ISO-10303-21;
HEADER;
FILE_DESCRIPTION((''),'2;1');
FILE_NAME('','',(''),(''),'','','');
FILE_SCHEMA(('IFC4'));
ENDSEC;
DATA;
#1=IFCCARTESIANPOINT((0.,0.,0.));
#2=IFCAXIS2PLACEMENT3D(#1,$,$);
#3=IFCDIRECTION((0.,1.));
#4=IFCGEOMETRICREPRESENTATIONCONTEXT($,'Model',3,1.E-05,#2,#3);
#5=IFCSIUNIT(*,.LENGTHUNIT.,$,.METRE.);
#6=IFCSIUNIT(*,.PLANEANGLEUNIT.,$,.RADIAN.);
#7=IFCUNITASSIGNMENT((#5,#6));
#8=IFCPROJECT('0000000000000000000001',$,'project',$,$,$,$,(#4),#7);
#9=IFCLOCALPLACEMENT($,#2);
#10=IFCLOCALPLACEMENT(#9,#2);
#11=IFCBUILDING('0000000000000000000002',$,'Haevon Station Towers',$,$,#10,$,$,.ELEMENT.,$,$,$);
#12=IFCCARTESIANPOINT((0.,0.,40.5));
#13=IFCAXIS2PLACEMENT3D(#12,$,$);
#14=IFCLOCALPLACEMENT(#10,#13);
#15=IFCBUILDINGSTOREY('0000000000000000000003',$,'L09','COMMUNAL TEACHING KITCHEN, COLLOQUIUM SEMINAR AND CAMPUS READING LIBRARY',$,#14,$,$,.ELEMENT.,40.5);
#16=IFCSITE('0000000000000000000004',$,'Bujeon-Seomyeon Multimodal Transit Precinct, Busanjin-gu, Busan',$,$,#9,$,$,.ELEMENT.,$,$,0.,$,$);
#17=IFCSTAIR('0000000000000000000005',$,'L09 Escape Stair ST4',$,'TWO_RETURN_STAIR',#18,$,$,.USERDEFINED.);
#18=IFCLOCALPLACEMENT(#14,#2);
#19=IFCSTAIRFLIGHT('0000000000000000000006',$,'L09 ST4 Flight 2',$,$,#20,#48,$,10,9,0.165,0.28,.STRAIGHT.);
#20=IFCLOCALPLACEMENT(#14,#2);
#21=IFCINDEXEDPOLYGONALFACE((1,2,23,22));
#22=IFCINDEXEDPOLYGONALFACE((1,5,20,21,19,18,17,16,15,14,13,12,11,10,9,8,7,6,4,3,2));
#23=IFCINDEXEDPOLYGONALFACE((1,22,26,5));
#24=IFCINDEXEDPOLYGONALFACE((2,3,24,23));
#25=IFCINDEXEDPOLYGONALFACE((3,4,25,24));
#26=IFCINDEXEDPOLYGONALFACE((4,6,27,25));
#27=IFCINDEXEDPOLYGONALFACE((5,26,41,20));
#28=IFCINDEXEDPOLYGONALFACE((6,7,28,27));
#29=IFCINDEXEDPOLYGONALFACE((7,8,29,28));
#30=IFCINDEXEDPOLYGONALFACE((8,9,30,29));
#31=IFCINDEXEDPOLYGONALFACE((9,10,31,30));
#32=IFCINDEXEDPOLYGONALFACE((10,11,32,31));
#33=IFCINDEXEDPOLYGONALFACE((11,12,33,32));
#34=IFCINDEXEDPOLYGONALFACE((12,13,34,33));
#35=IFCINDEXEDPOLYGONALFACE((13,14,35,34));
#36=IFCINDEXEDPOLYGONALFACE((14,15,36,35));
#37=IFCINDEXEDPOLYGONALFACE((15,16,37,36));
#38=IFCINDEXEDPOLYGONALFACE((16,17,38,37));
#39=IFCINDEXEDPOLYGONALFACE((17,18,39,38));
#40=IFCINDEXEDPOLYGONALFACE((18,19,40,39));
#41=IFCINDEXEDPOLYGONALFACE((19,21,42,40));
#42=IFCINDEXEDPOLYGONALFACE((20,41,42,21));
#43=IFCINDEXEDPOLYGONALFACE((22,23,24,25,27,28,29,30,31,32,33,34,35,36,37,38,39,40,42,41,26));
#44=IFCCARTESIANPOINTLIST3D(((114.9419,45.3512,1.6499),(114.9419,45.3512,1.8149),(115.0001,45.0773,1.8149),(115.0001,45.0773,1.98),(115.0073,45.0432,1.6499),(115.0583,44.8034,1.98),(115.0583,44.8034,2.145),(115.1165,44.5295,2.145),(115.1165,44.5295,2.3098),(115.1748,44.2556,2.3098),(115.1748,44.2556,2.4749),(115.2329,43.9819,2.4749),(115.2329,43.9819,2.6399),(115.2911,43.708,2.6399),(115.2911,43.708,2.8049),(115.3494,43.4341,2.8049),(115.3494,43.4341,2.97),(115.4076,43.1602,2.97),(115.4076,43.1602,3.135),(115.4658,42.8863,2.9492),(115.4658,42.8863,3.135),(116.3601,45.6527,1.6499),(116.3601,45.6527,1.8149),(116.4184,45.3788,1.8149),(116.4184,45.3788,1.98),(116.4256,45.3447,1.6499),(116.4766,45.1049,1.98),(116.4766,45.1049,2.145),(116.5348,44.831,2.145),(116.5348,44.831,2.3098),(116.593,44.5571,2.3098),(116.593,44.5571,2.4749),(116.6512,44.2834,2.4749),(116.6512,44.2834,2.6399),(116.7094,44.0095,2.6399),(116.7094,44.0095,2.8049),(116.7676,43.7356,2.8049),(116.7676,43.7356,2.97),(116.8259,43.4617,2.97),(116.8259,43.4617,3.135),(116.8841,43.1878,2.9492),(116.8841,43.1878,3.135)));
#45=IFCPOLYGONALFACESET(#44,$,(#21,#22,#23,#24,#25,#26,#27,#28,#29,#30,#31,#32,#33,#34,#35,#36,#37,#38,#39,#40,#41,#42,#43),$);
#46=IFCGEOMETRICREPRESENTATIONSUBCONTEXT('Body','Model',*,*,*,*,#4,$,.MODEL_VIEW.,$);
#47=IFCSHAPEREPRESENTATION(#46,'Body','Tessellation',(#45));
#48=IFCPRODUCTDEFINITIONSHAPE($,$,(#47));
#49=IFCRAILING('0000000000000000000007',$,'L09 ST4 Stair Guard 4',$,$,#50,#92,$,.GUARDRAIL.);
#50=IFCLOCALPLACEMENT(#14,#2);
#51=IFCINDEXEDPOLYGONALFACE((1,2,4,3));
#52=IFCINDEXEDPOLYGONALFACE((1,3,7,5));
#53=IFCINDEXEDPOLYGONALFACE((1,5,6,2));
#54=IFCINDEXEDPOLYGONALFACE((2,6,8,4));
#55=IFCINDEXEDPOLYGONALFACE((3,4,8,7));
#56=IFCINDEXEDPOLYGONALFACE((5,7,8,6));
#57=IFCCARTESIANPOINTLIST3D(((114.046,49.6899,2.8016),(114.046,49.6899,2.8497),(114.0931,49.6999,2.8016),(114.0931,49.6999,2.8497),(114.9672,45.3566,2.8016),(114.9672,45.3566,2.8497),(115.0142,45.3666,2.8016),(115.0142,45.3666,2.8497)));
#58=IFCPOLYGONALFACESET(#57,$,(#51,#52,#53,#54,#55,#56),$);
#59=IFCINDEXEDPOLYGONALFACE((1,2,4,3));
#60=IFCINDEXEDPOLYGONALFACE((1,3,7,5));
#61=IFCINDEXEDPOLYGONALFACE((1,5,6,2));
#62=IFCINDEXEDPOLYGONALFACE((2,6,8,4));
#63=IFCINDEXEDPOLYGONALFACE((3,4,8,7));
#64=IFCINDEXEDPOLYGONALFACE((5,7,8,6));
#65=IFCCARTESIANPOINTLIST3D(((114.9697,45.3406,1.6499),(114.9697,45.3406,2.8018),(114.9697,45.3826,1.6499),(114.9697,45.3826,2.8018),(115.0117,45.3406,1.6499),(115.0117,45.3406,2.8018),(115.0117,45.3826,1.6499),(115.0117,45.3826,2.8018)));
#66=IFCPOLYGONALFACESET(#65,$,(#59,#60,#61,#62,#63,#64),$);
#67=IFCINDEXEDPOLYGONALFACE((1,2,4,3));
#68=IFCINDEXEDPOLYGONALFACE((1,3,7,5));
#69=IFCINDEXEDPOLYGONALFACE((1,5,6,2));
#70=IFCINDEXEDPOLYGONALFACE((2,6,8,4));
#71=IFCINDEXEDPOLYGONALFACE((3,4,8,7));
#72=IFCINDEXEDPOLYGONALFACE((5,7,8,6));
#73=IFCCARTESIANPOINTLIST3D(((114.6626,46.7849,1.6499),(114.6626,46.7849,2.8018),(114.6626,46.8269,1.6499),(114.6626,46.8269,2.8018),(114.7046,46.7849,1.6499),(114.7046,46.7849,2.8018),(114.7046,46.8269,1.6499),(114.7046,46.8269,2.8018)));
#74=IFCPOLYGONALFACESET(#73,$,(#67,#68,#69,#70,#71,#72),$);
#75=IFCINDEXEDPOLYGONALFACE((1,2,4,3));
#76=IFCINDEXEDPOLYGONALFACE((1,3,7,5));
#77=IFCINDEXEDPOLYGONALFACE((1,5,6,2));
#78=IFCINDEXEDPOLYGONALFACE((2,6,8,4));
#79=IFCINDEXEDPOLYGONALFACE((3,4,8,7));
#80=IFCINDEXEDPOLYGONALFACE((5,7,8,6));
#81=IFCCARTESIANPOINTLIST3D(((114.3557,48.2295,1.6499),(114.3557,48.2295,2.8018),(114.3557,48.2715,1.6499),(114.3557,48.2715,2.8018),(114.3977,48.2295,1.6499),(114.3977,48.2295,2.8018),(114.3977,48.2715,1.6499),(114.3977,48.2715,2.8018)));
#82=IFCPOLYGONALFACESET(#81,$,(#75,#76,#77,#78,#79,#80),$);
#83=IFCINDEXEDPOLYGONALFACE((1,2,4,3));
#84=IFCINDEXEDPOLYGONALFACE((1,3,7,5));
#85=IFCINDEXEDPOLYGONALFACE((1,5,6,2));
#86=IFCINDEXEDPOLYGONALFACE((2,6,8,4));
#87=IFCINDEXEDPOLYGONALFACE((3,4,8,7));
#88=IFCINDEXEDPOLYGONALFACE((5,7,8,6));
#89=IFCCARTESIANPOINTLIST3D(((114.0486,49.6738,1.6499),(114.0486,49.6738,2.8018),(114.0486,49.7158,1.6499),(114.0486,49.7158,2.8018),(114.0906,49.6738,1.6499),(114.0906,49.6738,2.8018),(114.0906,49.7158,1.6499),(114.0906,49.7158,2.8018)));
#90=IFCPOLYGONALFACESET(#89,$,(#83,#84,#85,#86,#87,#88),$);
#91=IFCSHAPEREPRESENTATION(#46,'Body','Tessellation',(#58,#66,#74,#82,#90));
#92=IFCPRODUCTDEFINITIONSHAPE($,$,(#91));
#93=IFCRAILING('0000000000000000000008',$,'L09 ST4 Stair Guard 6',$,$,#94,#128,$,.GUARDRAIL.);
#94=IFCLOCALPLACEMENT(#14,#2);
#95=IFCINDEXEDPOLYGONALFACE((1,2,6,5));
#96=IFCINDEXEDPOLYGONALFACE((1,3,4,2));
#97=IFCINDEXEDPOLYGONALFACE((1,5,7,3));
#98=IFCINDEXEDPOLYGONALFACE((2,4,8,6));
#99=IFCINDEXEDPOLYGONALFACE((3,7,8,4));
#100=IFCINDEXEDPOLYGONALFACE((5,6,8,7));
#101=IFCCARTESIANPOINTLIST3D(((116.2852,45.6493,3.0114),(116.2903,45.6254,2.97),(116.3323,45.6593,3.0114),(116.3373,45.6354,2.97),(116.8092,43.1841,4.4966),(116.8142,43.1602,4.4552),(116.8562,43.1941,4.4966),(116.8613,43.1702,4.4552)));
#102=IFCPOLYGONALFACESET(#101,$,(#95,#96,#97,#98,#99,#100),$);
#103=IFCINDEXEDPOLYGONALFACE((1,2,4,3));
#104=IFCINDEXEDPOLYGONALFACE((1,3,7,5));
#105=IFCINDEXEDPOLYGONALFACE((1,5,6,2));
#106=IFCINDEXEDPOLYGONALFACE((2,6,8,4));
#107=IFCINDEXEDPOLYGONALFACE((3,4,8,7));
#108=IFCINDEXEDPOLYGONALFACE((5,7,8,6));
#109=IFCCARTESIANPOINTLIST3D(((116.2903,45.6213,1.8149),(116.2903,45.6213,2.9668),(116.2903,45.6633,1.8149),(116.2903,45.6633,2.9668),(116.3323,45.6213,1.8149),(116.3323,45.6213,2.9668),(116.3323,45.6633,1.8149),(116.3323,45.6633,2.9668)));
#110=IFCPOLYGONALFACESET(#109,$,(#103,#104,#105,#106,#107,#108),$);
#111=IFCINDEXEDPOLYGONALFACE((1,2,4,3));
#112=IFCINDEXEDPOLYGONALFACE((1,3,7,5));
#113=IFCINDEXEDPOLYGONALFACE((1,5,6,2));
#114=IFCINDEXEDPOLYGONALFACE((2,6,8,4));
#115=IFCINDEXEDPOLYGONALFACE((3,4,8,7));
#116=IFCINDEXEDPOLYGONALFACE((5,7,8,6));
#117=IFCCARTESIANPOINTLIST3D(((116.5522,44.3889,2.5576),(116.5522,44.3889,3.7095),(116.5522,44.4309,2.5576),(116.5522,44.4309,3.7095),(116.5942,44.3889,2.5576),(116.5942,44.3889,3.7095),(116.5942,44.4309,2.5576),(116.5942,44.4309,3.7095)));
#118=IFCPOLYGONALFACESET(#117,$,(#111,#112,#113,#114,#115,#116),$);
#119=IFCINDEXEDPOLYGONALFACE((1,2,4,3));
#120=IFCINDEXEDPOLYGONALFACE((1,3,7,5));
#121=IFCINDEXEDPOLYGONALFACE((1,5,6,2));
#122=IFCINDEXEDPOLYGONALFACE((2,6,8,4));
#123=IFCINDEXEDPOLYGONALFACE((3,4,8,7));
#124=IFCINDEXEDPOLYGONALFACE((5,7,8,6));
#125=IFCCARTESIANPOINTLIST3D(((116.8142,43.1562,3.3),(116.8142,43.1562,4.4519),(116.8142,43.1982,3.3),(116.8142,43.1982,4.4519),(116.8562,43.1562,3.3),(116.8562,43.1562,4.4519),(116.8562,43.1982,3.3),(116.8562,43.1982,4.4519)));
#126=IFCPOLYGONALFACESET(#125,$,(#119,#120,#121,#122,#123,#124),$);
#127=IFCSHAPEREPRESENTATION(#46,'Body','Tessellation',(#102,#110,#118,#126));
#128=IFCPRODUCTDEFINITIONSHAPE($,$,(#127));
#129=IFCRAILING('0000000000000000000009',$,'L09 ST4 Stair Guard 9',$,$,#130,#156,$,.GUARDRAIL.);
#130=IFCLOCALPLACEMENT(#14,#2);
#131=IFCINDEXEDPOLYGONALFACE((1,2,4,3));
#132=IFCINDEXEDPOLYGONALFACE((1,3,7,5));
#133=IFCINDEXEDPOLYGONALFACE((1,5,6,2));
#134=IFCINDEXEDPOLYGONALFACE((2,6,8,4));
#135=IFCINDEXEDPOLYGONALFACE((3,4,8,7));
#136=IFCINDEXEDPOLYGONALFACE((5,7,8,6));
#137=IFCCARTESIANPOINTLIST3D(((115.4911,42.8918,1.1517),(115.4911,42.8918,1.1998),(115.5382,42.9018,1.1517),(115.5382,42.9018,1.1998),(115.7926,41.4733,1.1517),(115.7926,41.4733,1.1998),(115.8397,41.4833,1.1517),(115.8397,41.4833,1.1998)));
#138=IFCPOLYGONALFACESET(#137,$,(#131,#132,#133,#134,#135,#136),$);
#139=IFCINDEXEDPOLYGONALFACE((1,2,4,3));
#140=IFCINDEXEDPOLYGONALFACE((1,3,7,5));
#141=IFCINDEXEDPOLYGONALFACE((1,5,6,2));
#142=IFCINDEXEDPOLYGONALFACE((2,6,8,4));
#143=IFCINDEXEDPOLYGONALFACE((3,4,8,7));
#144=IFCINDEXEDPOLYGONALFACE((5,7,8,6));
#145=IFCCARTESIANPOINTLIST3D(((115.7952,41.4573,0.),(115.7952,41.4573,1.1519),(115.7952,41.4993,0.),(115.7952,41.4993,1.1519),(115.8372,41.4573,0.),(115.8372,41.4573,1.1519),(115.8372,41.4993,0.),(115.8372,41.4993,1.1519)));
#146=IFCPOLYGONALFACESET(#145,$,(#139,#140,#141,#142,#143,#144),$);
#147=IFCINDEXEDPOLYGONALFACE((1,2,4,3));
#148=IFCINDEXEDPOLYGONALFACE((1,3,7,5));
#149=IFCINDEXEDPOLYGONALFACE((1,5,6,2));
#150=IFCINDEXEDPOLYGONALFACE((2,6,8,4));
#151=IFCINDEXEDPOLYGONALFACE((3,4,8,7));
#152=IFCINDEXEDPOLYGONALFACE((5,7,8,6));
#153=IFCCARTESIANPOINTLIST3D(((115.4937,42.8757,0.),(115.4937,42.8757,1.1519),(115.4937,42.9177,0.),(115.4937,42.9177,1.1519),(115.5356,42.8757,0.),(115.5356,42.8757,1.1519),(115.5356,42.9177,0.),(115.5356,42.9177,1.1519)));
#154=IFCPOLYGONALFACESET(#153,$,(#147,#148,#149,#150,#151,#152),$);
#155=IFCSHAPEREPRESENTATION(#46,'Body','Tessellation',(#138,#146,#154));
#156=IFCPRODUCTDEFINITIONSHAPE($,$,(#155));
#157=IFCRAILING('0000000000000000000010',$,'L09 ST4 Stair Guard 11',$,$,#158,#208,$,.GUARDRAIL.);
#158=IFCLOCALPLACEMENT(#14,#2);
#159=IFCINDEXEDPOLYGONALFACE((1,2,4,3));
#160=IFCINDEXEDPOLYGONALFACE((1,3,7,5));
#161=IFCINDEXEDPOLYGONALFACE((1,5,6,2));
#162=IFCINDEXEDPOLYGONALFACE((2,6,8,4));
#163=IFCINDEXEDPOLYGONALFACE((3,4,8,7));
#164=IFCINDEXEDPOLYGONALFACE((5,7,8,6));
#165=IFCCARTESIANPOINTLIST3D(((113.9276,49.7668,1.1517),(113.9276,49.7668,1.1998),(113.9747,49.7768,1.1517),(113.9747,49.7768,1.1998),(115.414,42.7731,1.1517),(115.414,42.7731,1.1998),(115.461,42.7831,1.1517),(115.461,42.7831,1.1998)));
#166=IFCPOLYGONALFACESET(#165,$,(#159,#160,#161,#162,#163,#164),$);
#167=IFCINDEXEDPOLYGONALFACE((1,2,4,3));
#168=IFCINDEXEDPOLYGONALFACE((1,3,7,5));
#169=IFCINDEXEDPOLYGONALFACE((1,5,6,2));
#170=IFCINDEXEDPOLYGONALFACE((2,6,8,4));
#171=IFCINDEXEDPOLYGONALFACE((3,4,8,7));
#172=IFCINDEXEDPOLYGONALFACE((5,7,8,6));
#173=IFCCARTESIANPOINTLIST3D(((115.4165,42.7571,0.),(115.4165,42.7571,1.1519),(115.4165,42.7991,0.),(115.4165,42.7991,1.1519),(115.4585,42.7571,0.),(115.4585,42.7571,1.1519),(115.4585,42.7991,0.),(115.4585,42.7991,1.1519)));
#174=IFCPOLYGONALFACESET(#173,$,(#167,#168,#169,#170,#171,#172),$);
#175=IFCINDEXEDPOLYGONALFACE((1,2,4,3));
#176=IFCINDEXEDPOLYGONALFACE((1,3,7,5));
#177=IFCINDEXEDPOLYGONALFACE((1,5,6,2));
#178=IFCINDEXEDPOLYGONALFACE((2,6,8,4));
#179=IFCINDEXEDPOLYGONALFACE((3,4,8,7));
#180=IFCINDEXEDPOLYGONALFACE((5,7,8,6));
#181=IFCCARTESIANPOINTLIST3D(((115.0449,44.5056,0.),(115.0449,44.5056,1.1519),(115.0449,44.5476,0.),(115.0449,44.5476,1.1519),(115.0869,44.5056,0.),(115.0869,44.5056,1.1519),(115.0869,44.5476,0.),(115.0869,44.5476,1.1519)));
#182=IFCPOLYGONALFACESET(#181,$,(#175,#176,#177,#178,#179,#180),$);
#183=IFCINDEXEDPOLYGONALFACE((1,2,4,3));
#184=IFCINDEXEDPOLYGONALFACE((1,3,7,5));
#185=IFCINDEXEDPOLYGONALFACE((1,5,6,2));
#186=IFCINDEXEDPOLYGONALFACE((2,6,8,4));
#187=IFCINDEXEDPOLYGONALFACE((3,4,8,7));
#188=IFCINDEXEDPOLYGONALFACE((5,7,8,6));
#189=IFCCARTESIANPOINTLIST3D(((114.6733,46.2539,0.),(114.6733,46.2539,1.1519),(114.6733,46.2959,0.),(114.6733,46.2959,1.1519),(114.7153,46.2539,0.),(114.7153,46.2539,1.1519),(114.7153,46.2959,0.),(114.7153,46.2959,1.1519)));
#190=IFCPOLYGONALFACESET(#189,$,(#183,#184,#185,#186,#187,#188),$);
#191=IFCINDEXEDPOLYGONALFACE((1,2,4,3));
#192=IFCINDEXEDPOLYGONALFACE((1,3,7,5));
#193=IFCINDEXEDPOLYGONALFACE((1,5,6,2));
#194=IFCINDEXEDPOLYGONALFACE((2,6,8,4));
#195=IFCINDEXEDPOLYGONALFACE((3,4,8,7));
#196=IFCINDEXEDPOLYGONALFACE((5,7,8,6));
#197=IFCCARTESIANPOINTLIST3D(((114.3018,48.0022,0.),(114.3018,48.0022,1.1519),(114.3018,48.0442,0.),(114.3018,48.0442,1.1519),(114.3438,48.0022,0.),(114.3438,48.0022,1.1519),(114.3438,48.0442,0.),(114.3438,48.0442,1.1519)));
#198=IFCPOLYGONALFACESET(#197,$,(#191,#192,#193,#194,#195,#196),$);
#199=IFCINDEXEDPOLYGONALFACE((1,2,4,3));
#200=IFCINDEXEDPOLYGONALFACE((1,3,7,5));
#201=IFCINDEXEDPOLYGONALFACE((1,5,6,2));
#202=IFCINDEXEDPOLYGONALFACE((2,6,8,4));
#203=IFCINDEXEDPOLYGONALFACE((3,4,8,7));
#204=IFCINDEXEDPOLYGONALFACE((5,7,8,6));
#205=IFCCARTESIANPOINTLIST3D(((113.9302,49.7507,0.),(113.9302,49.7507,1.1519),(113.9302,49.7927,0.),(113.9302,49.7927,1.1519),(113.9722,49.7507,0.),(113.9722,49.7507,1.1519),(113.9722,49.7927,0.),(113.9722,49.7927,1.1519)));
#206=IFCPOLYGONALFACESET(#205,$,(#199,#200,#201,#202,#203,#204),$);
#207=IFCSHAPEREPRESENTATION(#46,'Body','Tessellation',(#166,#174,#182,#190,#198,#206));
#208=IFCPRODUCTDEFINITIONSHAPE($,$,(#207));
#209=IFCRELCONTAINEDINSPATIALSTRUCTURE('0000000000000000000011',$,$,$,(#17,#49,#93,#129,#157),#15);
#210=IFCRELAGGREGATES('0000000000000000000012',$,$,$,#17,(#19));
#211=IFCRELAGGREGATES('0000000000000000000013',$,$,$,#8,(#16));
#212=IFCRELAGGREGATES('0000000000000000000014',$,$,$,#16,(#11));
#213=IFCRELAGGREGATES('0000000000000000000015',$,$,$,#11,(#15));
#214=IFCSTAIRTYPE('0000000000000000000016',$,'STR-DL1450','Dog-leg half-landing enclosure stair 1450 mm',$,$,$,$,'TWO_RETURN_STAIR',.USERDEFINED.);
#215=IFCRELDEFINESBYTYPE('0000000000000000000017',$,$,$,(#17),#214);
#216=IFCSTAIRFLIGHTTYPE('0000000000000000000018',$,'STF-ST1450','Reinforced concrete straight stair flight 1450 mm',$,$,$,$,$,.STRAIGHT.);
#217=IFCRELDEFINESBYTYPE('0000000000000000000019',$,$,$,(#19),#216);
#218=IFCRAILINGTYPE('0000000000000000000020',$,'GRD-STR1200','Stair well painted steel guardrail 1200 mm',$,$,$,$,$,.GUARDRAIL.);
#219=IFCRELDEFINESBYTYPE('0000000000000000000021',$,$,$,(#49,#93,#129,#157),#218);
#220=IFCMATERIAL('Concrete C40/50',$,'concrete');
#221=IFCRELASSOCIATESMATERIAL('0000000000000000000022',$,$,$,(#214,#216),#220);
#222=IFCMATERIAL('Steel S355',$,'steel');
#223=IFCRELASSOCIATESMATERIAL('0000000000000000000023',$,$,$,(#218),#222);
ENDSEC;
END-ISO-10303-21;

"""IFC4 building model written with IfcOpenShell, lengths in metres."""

from ifc_helpers import new_model, si_unit, direction, frame, origin, origin_2d, place, context, subcontext, project, spatial, polyline, rectangle, outline, extrude, material, type_object, element, aggregate, save


model = new_model("IFC4")

# Units and contexts
model_context = context("Model", 3, precision=1e-05, world=origin(), true_north=direction((0.0, 1.0)))
body_context = subcontext(model_context, "Body", "Model", "MODEL_VIEW")
ifc_project = project(units=[si_unit("LENGTHUNIT", "METRE"), si_unit("PLANEANGLEUNIT", "RADIAN")], contexts=[model_context])

# Site, building, storey
site_placement = place(None, origin())
site = spatial("IfcSite", under=ifc_project, at=site_placement, Name="Bujeon-Seomyeon Multimodal Transit Precinct, Busanjin-gu, Busan", CompositionType="ELEMENT", RefElevation=0.0)
building_placement = place(site_placement, origin())
building = spatial("IfcBuilding", under=site, at=building_placement, Name="Haevon Station Towers", CompositionType="ELEMENT")
storey_placement = place(building_placement, frame((0.0, 0.0, 40.5)))
storey = spatial("IfcBuildingStorey", under=building, at=storey_placement, Name="L09", Description="COMMUNAL TEACHING KITCHEN, COLLOQUIUM SEMINAR AND CAMPUS READING LIBRARY", CompositionType="ELEMENT", Elevation=40.5)

# Shared definitions
ifc_material_1 = material(Name="Steel S355", Category="steel")

# Shared definitions
ifc_material_2 = material(Name="Concrete C40/50", Category="concrete")

# Stair, stair flight
stair_type = type_object("IfcStairType", Name="STR-DL1450", Description="Dog-leg half-landing enclosure stair 1450 mm", ElementType="TWO_RETURN_STAIR", PredefinedType="USERDEFINED", material=ifc_material_2)
stair_placement = place(storey_placement, origin())
stair = element("IfcStair", 1, at=stair_placement, inside=storey, type_object=stair_type, Name="L09 Escape Stair ST4", ObjectType="TWO_RETURN_STAIR", PredefinedType="USERDEFINED")
stair_flight_type = type_object("IfcStairFlightType", Name="STF-ST1450", Description="Reinforced concrete straight stair flight 1450 mm", PredefinedType="STRAIGHT", material=ifc_material_2)
stair_flight_placement = place(storey_placement, frame((115.6509, 45.502, 1.6499), z_axis=(0.0, 0.0, 1.0), x_axis=(0.207912, -0.978148, 0.0)))
stair_flight = element("IfcStairFlight", 2, at=stair_flight_placement, type_object=stair_flight_type, Name="L09 ST4 Flight 2", NumberOfRisers=10, NumberOfTreads=9, PredefinedType="STRAIGHT", RiserHeight=0.165, TreadLength=0.28, context=body_context, shape_type="SweptSolid", body=[
    extrude(outline(polyline([(0.0, 0.0), (0.0, 0.165), (0.28, 0.165), (0.28, 0.3301), (0.5601, 0.3301), (0.5601, 0.4951), (0.8401, 0.4951), (0.8401, 0.6599), (1.1201, 0.6599), (1.1201, 0.825), (1.3999, 0.825), (1.3999, 0.99), (1.6799, 0.99), (1.6799, 1.155), (1.96, 1.155), (1.96, 1.3201), (2.24, 1.3201), (2.24, 1.4851), (2.52, 1.4851), (2.52, 1.6499), (2.52, 1.2993), (0.3149, 0.0), (0.0, 0.0)])), frame((0.0, 0.7251, 0.0), z_axis=(0.0, -1.0, 0.0), x_axis=(1.0, 0.0, 0.0)), (0.0, 0.0, 1.0), 1.45),
])
aggregate(stair, [stair_flight])

# Railings
railing_type_1 = type_object("IfcRailingType", Name="GRD-STR1200", Description="Stair well painted steel guardrail 1200 mm", PredefinedType="GUARDRAIL", material=ifc_material_1)
railing_1_placement = place(storey_placement, frame((114.9907, 45.3616, 1.6499)))
element("IfcRailing", 3, at=railing_1_placement, inside=storey, type_object=railing_type_1, Name="L09 ST4 Stair Guard 4", PredefinedType="GUARDRAIL", context=body_context, shape_type="SweptSolid", body=[
    extrude(rectangle(XDim=0.0481, YDim=0.0481, at=origin_2d()), frame((0.0, 0.0, 1.1758), z_axis=(-0.207929, 0.978144, 0.0), x_axis=(-0.978144, -0.207929, 0.0)), (0.0, 0.0, 1.0), 4.4302),
    extrude(rectangle(XDim=0.042, YDim=0.042, at=origin_2d()), origin(), (0.0, 0.0, 1.0), 1.1519),
    extrude(rectangle(XDim=0.042, YDim=0.042, at=origin_2d()), frame((-0.3071, 1.4443, 0.0)), (0.0, 0.0, 1.0), 1.1519),
    extrude(rectangle(XDim=0.042, YDim=0.042, at=origin_2d()), frame((-0.614, 2.8889, 0.0)), (0.0, 0.0, 1.0), 1.1519),
    extrude(rectangle(XDim=0.042, YDim=0.042, at=origin_2d()), frame((-0.9211, 4.3333, 0.0)), (0.0, 0.0, 1.0), 1.1519),
])
railing_2_placement = place(storey_placement, frame((116.3113, 45.6423, 1.8149)))
element("IfcRailing", 4, at=railing_2_placement, inside=storey, type_object=railing_type_1, Name="L09 ST4 Stair Guard 6", PredefinedType="GUARDRAIL", context=body_context, shape_type="SweptSolid", body=[
    extrude(rectangle(XDim=0.0481, YDim=0.0481, at=origin_2d()), frame((0.0, 0.0, 1.1758), z_axis=(0.179109, -0.842712, 0.507697), x_axis=(0.978151, 0.207895, 0.0)), (0.0, 0.0, 1.0), 2.9253),
    extrude(rectangle(XDim=0.042, YDim=0.042, at=origin_2d()), origin(), (0.0, 0.0, 1.0), 1.1519),
    extrude(rectangle(XDim=0.042, YDim=0.042, at=origin_2d()), frame((0.262, -1.2324, 0.7427)), (0.0, 0.0, 1.0), 1.1519),
    extrude(rectangle(XDim=0.042, YDim=0.042, at=origin_2d()), frame((0.5239, -2.4651, 1.4851)), (0.0, 0.0, 1.0), 1.1519),
])
railing_3_placement = place(storey_placement, frame((115.8162, 41.4783, 0.0)))
element("IfcRailing", 5, at=railing_3_placement, inside=storey, type_object=railing_type_1, Name="L09 ST4 Stair Guard 9", PredefinedType="GUARDRAIL", context=body_context, shape_type="SweptSolid", body=[
    extrude(rectangle(XDim=0.0481, YDim=0.0481, at=origin_2d()), frame((0.0, 0.0, 1.1758), z_axis=(-0.207919, 0.978146, 0.0), x_axis=(-0.978146, -0.207919, 0.0)), (0.0, 0.0, 1.0), 1.4502),
    extrude(rectangle(XDim=0.042, YDim=0.042, at=origin_2d()), origin(), (0.0, 0.0, 1.0), 1.1519),
    extrude(rectangle(XDim=0.042, YDim=0.042, at=origin_2d()), frame((-0.3015, 1.4185, 0.0)), (0.0, 0.0, 1.0), 1.1519),
])
railing_4_placement = place(storey_placement, frame((115.4375, 42.7781, 0.0)))
element("IfcRailing", 6, at=railing_4_placement, inside=storey, type_object=railing_type_1, Name="L09 ST4 Stair Guard 11", PredefinedType="GUARDRAIL", context=body_context, shape_type="SweptSolid", body=[
    extrude(rectangle(XDim=0.0481, YDim=0.0481, at=origin_2d()), frame((0.0, 0.0, 1.1758), z_axis=(-0.207882, 0.978154, 0.0), x_axis=(-0.978154, -0.207882, 0.0)), (0.0, 0.0, 1.0), 7.1499),
    extrude(rectangle(XDim=0.042, YDim=0.042, at=origin_2d()), origin(), (0.0, 0.0, 1.0), 1.1519),
    extrude(rectangle(XDim=0.042, YDim=0.042, at=origin_2d()), frame((-0.3716, 1.7485, 0.0)), (0.0, 0.0, 1.0), 1.1519),
    extrude(rectangle(XDim=0.042, YDim=0.042, at=origin_2d()), frame((-0.7432, 3.4968, 0.0)), (0.0, 0.0, 1.0), 1.1519),
    extrude(rectangle(XDim=0.042, YDim=0.042, at=origin_2d()), frame((-1.1147, 5.2451, 0.0)), (0.0, 0.0, 1.0), 1.1519),
    extrude(rectangle(XDim=0.042, YDim=0.042, at=origin_2d()), frame((-1.4863, 6.9937, 0.0)), (0.0, 0.0, 1.0), 1.1519),
])

save(model, "model.ifc")
